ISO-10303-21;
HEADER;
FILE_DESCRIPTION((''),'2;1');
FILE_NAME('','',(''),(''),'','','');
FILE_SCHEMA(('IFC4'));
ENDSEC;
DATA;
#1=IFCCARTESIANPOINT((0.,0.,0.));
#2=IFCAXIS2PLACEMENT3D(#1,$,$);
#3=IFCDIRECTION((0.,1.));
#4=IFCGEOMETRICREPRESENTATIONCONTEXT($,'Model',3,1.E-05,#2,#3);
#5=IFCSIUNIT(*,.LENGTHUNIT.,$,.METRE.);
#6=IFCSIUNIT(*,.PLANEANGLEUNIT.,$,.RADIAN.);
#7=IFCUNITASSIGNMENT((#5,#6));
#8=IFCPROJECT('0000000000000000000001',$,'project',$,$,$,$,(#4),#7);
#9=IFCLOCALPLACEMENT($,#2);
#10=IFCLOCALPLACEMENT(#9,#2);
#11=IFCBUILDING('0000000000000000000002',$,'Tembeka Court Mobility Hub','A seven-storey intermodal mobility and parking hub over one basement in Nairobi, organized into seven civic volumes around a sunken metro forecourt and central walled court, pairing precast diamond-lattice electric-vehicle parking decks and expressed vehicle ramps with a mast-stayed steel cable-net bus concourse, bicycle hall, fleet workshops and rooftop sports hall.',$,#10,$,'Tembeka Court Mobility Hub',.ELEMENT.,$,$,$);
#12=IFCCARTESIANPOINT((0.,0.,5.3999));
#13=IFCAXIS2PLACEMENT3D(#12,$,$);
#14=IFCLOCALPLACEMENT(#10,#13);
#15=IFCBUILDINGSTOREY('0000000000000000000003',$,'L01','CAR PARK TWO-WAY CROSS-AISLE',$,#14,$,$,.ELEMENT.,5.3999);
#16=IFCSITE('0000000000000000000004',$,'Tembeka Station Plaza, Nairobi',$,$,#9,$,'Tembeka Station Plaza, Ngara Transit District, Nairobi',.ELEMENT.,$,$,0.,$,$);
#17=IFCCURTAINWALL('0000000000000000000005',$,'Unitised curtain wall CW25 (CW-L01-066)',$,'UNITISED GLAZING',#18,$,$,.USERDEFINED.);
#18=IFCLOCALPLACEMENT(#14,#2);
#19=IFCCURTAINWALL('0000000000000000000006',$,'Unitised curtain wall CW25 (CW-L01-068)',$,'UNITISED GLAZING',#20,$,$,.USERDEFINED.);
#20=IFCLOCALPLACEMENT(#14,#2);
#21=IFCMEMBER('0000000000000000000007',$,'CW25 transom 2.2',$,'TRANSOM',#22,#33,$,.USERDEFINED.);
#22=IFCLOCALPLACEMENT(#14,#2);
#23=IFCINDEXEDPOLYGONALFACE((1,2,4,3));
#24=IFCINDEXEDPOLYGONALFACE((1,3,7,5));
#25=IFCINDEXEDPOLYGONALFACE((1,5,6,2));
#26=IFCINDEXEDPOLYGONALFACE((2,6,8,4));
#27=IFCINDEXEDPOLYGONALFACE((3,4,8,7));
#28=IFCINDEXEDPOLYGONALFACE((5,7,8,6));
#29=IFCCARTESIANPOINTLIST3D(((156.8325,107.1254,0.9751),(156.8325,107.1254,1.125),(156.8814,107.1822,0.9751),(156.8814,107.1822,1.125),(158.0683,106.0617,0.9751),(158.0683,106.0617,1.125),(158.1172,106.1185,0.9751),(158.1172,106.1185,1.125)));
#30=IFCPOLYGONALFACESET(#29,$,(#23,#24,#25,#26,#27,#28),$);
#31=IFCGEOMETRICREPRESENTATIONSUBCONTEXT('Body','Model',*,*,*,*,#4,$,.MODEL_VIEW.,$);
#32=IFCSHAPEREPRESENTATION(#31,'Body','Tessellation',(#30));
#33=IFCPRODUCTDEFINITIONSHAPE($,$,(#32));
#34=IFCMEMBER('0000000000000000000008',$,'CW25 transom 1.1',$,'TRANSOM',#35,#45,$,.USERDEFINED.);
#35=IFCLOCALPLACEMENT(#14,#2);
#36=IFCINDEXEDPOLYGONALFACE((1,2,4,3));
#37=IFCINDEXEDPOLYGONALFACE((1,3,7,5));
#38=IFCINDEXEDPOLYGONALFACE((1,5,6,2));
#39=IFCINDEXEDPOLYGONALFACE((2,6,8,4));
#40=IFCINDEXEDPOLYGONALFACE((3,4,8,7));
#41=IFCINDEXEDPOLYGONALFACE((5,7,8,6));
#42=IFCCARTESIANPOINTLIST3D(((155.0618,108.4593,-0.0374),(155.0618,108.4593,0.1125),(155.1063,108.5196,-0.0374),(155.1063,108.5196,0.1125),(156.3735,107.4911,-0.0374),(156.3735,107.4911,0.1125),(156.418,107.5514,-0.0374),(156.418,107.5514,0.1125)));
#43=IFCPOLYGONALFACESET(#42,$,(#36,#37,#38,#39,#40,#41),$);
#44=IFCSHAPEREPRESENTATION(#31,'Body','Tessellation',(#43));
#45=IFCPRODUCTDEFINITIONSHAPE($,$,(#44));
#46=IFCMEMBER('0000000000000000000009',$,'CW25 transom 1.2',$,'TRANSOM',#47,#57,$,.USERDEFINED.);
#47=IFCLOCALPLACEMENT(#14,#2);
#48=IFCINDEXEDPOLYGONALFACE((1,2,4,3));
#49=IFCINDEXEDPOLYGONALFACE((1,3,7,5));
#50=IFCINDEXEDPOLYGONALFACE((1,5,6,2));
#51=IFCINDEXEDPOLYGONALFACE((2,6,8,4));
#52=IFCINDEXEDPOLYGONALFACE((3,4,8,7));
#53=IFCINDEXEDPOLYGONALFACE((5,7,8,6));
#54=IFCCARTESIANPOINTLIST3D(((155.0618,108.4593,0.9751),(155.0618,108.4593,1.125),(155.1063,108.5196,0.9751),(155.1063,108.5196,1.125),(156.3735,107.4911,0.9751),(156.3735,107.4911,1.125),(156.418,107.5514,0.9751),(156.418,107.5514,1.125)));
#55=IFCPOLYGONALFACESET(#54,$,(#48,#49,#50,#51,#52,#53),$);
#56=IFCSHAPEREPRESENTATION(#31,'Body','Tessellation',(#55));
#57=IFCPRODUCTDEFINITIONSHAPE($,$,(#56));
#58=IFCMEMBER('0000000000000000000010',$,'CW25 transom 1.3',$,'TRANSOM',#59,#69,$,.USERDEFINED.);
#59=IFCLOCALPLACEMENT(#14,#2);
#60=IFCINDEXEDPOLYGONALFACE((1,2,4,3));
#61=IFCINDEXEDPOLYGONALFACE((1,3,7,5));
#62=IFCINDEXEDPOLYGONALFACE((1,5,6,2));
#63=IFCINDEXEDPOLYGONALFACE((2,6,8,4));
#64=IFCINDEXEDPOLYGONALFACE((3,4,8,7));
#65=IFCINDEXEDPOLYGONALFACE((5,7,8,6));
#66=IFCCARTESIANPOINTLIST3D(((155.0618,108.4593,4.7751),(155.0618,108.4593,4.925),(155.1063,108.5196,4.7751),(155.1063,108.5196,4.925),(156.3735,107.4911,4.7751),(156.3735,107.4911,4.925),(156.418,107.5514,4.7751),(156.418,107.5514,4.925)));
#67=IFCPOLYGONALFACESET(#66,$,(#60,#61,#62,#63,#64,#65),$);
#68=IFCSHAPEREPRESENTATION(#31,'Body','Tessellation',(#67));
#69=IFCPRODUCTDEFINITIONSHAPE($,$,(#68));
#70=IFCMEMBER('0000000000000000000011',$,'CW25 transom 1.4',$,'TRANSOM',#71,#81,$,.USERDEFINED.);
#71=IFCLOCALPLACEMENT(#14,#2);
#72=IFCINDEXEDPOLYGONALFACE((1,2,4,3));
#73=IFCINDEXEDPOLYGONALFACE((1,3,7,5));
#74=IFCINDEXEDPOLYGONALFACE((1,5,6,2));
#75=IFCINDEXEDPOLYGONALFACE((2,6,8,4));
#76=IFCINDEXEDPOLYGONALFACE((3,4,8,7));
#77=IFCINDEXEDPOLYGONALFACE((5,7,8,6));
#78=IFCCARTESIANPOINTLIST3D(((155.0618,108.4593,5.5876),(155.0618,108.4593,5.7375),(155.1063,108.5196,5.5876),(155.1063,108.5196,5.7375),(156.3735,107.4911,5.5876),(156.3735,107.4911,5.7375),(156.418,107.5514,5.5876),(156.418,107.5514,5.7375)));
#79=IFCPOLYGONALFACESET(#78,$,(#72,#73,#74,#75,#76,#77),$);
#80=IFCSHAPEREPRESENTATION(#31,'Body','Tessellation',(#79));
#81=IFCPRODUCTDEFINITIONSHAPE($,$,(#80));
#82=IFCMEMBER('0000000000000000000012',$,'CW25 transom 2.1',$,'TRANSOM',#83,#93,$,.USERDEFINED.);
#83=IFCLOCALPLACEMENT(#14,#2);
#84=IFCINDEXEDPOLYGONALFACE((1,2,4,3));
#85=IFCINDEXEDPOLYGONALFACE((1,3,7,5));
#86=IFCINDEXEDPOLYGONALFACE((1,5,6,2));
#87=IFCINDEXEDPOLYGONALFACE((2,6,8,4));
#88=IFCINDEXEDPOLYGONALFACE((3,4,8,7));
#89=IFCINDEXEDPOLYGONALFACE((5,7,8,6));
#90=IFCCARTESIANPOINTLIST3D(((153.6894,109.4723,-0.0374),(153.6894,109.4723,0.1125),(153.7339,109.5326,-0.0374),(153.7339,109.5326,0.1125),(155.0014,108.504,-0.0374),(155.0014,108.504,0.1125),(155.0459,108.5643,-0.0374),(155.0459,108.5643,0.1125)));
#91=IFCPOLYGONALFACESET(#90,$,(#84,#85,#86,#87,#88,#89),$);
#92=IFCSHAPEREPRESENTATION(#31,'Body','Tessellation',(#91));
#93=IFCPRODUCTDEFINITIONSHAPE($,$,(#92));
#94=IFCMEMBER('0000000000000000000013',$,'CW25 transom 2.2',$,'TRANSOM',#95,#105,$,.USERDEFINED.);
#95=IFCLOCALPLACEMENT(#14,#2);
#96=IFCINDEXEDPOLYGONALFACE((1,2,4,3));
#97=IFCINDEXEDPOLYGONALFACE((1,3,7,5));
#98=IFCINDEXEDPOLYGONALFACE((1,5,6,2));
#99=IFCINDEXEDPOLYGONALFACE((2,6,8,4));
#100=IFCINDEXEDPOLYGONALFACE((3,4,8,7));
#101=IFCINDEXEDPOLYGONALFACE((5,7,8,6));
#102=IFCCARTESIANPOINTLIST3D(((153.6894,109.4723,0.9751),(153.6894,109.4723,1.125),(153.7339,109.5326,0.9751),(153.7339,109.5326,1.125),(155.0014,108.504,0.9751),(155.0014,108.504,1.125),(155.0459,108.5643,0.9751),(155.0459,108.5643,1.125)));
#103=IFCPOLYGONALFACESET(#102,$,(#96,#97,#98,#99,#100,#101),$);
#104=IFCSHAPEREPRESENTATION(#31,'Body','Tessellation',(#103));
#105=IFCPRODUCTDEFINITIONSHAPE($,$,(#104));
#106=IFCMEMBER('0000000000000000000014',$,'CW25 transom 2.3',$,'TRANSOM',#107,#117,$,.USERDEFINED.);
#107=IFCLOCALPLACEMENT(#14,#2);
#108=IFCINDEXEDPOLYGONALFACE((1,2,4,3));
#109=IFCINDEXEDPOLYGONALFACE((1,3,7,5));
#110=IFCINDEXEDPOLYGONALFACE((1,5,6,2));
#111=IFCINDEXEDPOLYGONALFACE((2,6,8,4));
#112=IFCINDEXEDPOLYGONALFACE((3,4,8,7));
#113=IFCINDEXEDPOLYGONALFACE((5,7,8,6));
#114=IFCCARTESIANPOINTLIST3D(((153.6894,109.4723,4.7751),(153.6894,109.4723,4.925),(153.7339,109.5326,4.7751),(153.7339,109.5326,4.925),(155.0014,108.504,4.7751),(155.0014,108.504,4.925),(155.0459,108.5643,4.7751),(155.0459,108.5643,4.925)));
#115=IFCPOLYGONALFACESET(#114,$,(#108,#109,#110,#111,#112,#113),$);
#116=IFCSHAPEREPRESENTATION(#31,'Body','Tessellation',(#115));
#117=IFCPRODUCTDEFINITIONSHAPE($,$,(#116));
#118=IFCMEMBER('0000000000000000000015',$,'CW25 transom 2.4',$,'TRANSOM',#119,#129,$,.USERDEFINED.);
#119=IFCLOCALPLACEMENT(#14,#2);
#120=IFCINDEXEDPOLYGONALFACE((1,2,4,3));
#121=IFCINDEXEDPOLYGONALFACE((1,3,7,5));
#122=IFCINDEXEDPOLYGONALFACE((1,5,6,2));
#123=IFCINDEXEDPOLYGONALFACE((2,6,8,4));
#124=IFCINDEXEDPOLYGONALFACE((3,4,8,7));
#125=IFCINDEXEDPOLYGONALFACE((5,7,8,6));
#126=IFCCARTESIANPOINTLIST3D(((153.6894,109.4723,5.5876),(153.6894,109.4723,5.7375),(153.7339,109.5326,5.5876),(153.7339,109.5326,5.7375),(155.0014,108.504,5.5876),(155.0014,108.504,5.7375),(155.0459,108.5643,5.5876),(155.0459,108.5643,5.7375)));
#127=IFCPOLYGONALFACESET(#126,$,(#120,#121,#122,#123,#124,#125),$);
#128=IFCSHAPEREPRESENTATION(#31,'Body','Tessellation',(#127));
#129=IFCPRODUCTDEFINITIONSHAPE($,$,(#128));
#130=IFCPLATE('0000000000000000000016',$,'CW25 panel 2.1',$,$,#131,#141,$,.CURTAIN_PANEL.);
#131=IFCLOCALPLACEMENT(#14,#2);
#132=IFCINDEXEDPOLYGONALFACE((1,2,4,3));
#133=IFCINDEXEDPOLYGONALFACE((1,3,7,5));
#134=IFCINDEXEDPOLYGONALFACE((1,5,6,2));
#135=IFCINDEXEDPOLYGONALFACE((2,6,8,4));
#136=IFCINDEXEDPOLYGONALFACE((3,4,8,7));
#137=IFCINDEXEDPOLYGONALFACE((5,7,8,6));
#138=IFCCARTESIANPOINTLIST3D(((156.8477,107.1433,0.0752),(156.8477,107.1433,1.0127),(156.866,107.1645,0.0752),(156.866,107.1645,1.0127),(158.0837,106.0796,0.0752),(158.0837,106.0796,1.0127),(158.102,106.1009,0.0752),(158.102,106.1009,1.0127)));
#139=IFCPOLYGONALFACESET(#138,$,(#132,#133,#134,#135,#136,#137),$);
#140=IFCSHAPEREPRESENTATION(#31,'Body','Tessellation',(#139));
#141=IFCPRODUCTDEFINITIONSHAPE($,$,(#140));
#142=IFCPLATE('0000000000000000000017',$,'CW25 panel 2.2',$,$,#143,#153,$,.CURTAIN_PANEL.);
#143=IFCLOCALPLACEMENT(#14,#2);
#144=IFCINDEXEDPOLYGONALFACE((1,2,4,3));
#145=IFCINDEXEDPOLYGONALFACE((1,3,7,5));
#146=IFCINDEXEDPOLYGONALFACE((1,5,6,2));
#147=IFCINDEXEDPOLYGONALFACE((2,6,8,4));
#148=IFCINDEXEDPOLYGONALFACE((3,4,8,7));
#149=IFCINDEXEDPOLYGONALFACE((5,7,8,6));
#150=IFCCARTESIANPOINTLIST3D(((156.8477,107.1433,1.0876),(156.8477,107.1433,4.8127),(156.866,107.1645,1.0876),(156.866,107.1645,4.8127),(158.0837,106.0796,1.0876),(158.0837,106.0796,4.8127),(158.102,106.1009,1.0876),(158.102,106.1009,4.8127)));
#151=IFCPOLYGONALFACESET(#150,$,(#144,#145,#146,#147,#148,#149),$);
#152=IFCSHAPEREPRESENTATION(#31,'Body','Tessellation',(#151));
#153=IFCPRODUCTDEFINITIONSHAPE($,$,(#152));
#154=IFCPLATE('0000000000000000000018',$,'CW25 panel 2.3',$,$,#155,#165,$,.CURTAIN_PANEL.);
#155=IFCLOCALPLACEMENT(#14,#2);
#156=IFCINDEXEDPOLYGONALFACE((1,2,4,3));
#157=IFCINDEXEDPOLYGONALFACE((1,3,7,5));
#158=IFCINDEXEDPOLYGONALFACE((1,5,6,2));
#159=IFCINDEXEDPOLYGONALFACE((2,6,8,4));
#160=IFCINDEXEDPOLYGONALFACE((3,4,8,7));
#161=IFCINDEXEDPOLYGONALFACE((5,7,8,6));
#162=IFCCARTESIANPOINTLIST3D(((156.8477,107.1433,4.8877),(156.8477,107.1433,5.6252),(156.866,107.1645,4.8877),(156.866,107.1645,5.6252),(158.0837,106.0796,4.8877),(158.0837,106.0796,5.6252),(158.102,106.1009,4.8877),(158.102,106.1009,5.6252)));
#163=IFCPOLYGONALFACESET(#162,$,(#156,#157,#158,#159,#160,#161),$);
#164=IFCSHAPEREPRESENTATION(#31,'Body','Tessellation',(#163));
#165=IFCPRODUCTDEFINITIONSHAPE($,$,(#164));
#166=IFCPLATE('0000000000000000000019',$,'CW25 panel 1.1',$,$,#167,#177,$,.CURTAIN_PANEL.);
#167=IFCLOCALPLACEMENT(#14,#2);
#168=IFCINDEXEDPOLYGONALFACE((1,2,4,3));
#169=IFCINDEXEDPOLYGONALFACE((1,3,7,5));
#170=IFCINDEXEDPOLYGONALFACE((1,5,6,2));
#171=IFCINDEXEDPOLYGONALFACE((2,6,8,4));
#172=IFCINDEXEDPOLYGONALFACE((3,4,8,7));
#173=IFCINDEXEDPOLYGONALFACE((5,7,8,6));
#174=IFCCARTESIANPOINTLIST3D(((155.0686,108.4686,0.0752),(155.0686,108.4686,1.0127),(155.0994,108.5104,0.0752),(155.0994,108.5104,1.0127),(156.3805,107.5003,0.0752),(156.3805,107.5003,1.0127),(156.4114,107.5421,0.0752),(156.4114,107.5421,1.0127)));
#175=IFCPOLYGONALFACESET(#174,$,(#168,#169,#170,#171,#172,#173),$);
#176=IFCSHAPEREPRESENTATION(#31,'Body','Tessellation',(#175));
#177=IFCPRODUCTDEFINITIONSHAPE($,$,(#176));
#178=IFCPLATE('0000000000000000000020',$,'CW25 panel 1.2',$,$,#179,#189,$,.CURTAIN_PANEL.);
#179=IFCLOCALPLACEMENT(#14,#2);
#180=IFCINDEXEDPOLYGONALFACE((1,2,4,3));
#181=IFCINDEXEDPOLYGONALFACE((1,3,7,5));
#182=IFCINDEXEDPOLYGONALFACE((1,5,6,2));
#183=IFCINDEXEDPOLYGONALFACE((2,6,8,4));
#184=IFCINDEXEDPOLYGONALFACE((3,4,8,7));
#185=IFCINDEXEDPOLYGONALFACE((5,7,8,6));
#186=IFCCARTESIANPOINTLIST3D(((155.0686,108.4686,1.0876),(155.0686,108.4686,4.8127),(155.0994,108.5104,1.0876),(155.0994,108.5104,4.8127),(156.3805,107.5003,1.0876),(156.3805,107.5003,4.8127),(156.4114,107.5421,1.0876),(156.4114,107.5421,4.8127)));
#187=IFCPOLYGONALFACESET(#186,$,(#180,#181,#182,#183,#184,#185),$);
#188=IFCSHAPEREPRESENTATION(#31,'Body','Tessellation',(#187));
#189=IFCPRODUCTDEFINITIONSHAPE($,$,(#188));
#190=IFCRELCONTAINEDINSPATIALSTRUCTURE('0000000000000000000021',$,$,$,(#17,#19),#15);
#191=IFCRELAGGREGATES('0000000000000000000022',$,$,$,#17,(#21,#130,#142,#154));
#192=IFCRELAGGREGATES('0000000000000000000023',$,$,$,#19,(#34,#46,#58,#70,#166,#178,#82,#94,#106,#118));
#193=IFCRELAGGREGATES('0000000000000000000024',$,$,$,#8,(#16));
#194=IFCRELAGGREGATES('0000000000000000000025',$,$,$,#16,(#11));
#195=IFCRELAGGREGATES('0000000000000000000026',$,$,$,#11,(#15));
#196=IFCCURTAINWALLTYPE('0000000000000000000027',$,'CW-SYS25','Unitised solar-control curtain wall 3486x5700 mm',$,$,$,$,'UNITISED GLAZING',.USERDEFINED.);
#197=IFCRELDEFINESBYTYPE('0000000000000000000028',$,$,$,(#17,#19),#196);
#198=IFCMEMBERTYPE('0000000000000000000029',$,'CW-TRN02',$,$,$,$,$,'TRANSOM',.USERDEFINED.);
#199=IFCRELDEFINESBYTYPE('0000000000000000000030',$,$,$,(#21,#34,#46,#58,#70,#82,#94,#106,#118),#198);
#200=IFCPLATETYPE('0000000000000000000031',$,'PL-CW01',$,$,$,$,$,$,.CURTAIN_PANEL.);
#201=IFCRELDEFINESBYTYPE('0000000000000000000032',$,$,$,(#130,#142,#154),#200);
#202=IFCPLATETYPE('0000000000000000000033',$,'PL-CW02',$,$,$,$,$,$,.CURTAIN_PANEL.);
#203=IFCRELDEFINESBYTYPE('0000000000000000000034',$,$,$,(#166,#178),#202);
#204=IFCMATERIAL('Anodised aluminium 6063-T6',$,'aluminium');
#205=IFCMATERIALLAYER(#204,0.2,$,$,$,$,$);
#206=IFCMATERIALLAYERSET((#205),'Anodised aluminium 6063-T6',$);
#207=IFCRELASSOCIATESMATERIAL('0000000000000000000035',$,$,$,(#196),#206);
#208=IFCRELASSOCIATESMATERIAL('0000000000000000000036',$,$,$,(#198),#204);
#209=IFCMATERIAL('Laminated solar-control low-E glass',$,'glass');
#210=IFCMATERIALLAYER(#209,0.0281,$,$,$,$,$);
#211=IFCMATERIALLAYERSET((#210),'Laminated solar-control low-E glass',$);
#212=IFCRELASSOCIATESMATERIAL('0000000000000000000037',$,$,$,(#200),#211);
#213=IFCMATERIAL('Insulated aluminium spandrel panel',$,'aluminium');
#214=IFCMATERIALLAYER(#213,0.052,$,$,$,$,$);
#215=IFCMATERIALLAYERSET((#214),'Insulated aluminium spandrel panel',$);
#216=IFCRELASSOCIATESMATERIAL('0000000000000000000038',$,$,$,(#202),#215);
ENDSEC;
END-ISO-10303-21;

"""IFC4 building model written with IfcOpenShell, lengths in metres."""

from ifc_helpers import new_model, si_unit, direction, frame, origin, origin_2d, place, context, subcontext, project, spatial, rectangle, extrude, material, layer, layer_set, material_profile, profile_set, type_object, element, aggregate, save


model = new_model("IFC4")

# Units and contexts
model_context = context("Model", 3, precision=1e-05, world=origin(), true_north=direction((0.0, 1.0)))
body_context = subcontext(model_context, "Body", "Model", "MODEL_VIEW")
ifc_project = project(units=[si_unit("LENGTHUNIT", "METRE"), si_unit("PLANEANGLEUNIT", "RADIAN")], contexts=[model_context])

# Site, building, storey
site_placement = place(None, origin())
site = spatial("IfcSite", under=ifc_project, at=site_placement, Name="Tembeka Station Plaza, Nairobi", LongName="Tembeka Station Plaza, Ngara Transit District, Nairobi", CompositionType="ELEMENT", RefElevation=0.0)
building_placement = place(site_placement, origin())
building = spatial("IfcBuilding", under=site, at=building_placement, Name="Tembeka Court Mobility Hub", Description="A seven-storey intermodal mobility and parking hub over one basement in Nairobi, organized into seven civic volumes around a sunken metro forecourt and central walled court, pairing precast diamond-lattice electric-vehicle parking decks and expressed vehicle ramps with a mast-stayed steel cable-net bus concourse, bicycle hall, fleet workshops and rooftop sports hall.", LongName="Tembeka Court Mobility Hub", CompositionType="ELEMENT")
storey_placement = place(building_placement, frame((0.0, 0.0, 5.3999)))
storey = spatial("IfcBuildingStorey", under=building, at=storey_placement, Name="L01", Description="CAR PARK TWO-WAY CROSS-AISLE", CompositionType="ELEMENT", Elevation=5.3999)

# Curtain wall
ifc_material_1 = material(Name="Anodised aluminium 6063-T6", Category="aluminium")
ifc_layer_1 = layer(ifc_material_1, 0.2)
ifc_layer_set_1 = layer_set([ifc_layer_1], Name="Anodised aluminium 6063-T6")
curtain_wall_type = type_object("IfcCurtainWallType", Name="CW-SYS25", Description="Unitised solar-control curtain wall 3486x5700 mm", ElementType="UNITISED GLAZING", PredefinedType="USERDEFINED", material=ifc_layer_set_1)
curtain_wall_1_placement = place(storey_placement, origin())
curtain_wall_1 = element("IfcCurtainWall", 1, at=curtain_wall_1_placement, inside=storey, type_object=curtain_wall_type, Name="Unitised curtain wall CW25 (CW-L01-066)", ObjectType="UNITISED GLAZING", PredefinedType="USERDEFINED")

# Curtain wall
curtain_wall_2_placement = place(storey_placement, origin())
curtain_wall_2 = element("IfcCurtainWall", 2, at=curtain_wall_2_placement, inside=storey, type_object=curtain_wall_type, Name="Unitised curtain wall CW25 (CW-L01-068)", ObjectType="UNITISED GLAZING", PredefinedType="USERDEFINED")

# Members
ifc_material_profile_1 = material_profile(ifc_material_1, rectangle(XDim=0.075, YDim=0.1499, at=origin_2d()), Name="ALU-TRN 75x150")
ifc_profile_set_1 = profile_set([ifc_material_profile_1], Name="Anodised aluminium 6063-T6")
member_type_1 = type_object("IfcMemberType", Name="CW-TRN02", ElementType="TRANSOM", PredefinedType="USERDEFINED", material=ifc_profile_set_1)
member_1_placement = place(storey_placement, frame((158.0928, 106.0901, 1.05), z_axis=(-0.757913, 0.652356, 0.0), x_axis=(-0.652356, -0.757913, 0.0)))
member_1 = element("IfcMember", 3, at=member_1_placement, type_object=member_type_1, Name="CW25 transom 2.2", ObjectType="TRANSOM", PredefinedType="USERDEFINED", context=body_context, shape_type="SweptSolid", body=[
    extrude(rectangle(XDim=0.075, YDim=0.1499, at=origin_2d()), origin(), (0.0, 0.0, 1.0), 1.6306),
])
member_2_placement = place(storey_placement, frame((156.3958, 107.5212, 0.0376), z_axis=(-0.804559, 0.593873, 0.0), x_axis=(-0.593873, -0.804559, 0.0)))
member_2 = element("IfcMember", 4, at=member_2_placement, type_object=member_type_1, Name="CW25 transom 1.1", ObjectType="TRANSOM", PredefinedType="USERDEFINED", context=body_context, shape_type="SweptSolid", body=[
    extrude(rectangle(XDim=0.075, YDim=0.1499, at=origin_2d()), origin(), (0.0, 0.0, 1.0), 1.6304),
])
member_3_placement = place(storey_placement, frame((156.3958, 107.5212, 1.05), z_axis=(-0.804559, 0.593873, 0.0), x_axis=(-0.593873, -0.804559, 0.0)))
member_3 = element("IfcMember", 5, at=member_3_placement, type_object=member_type_1, Name="CW25 transom 1.2", ObjectType="TRANSOM", PredefinedType="USERDEFINED", context=body_context, shape_type="SweptSolid", body=[
    extrude(rectangle(XDim=0.075, YDim=0.1499, at=origin_2d()), origin(), (0.0, 0.0, 1.0), 1.6304),
])
member_4_placement = place(storey_placement, frame((156.3958, 107.5212, 4.8501), z_axis=(-0.804559, 0.593873, 0.0), x_axis=(-0.593873, -0.804559, 0.0)))
member_4 = element("IfcMember", 6, at=member_4_placement, type_object=member_type_1, Name="CW25 transom 1.3", ObjectType="TRANSOM", PredefinedType="USERDEFINED", context=body_context, shape_type="SweptSolid", body=[
    extrude(rectangle(XDim=0.075, YDim=0.1499, at=origin_2d()), origin(), (0.0, 0.0, 1.0), 1.6304),
])
member_5_placement = place(storey_placement, frame((156.3958, 107.5212, 5.6626), z_axis=(-0.804559, 0.593873, 0.0), x_axis=(-0.593873, -0.804559, 0.0)))
member_5 = element("IfcMember", 7, at=member_5_placement, type_object=member_type_1, Name="CW25 transom 1.4", ObjectType="TRANSOM", PredefinedType="USERDEFINED", context=body_context, shape_type="SweptSolid", body=[
    extrude(rectangle(XDim=0.075, YDim=0.1499, at=origin_2d()), origin(), (0.0, 0.0, 1.0), 1.6304),
])
member_6_placement = place(storey_placement, frame((155.0237, 108.5342, 0.0376), z_axis=(-0.804612, 0.593802, 0.0), x_axis=(-0.593802, -0.804612, 0.0)))
member_6 = element("IfcMember", 8, at=member_6_placement, type_object=member_type_1, Name="CW25 transom 2.1", ObjectType="TRANSOM", PredefinedType="USERDEFINED", context=body_context, shape_type="SweptSolid", body=[
    extrude(rectangle(XDim=0.075, YDim=0.1499, at=origin_2d()), origin(), (0.0, 0.0, 1.0), 1.6306),
])
member_7_placement = place(storey_placement, frame((155.0237, 108.5342, 1.05), z_axis=(-0.804612, 0.593802, 0.0), x_axis=(-0.593802, -0.804612, 0.0)))
member_7 = element("IfcMember", 9, at=member_7_placement, type_object=member_type_1, Name="CW25 transom 2.2", ObjectType="TRANSOM", PredefinedType="USERDEFINED", context=body_context, shape_type="SweptSolid", body=[
    extrude(rectangle(XDim=0.075, YDim=0.1499, at=origin_2d()), origin(), (0.0, 0.0, 1.0), 1.6306),
])
member_8_placement = place(storey_placement, frame((155.0237, 108.5342, 4.8501), z_axis=(-0.804612, 0.593802, 0.0), x_axis=(-0.593802, -0.804612, 0.0)))
member_8 = element("IfcMember", 10, at=member_8_placement, type_object=member_type_1, Name="CW25 transom 2.3", ObjectType="TRANSOM", PredefinedType="USERDEFINED", context=body_context, shape_type="SweptSolid", body=[
    extrude(rectangle(XDim=0.075, YDim=0.1499, at=origin_2d()), origin(), (0.0, 0.0, 1.0), 1.6306),
])
member_9_placement = place(storey_placement, frame((155.0237, 108.5342, 5.6626), z_axis=(-0.804612, 0.593802, 0.0), x_axis=(-0.593802, -0.804612, 0.0)))
member_9 = element("IfcMember", 11, at=member_9_placement, type_object=member_type_1, Name="CW25 transom 2.4", ObjectType="TRANSOM", PredefinedType="USERDEFINED", context=body_context, shape_type="SweptSolid", body=[
    extrude(rectangle(XDim=0.075, YDim=0.1499, at=origin_2d()), origin(), (0.0, 0.0, 1.0), 1.6306),
])

# Plates
ifc_material_2 = material(Name="Laminated solar-control low-E glass", Category="glass")
ifc_layer_2 = layer(ifc_material_2, 0.0281)
ifc_layer_set_2 = layer_set([ifc_layer_2], Name="Laminated solar-control low-E glass")
plate_type_1 = type_object("IfcPlateType", Name="PL-CW01", PredefinedType="CURTAIN_PANEL", material=ifc_layer_set_2)
plate_1_placement = place(storey_placement, frame((157.4749, 106.6221, 0.0752), z_axis=(0.0, 0.0, 1.0), x_axis=(-0.757955, 0.652307, 0.0)))
plate_1 = element("IfcPlate", 12, at=plate_1_placement, type_object=plate_type_1, Name="CW25 panel 2.1", PredefinedType="CURTAIN_PANEL", context=body_context, shape_type="SweptSolid", body=[
    extrude(rectangle(XDim=1.6306, YDim=0.0281, at=origin_2d()), origin(), (0.0, 0.0, 1.0), 0.9375),
])
plate_2_placement = place(storey_placement, frame((157.4749, 106.6221, 1.0876), z_axis=(0.0, 0.0, 1.0), x_axis=(-0.757955, 0.652307, 0.0)))
plate_2 = element("IfcPlate", 13, at=plate_2_placement, type_object=plate_type_1, Name="CW25 panel 2.2", PredefinedType="CURTAIN_PANEL", context=body_context, shape_type="SweptSolid", body=[
    extrude(rectangle(XDim=1.6306, YDim=0.0281, at=origin_2d()), origin(), (0.0, 0.0, 1.0), 3.7251),
])
plate_3_placement = place(storey_placement, frame((157.4749, 106.6221, 4.8877), z_axis=(0.0, 0.0, 1.0), x_axis=(-0.757955, 0.652307, 0.0)))
plate_3 = element("IfcPlate", 14, at=plate_3_placement, type_object=plate_type_1, Name="CW25 panel 2.3", PredefinedType="CURTAIN_PANEL", context=body_context, shape_type="SweptSolid", body=[
    extrude(rectangle(XDim=1.6306, YDim=0.0281, at=origin_2d()), origin(), (0.0, 0.0, 1.0), 0.7375),
])
aggregate(curtain_wall_1, [member_1, plate_1, plate_2, plate_3])
ifc_material_3 = material(Name="Insulated aluminium spandrel panel", Category="aluminium")
ifc_layer_3 = layer(ifc_material_3, 0.052)
ifc_layer_set_3 = layer_set([ifc_layer_3], Name="Insulated aluminium spandrel panel")
plate_type_2 = type_object("IfcPlateType", Name="PL-CW02", PredefinedType="CURTAIN_PANEL", material=ifc_layer_set_3)
plate_4_placement = place(storey_placement, frame((155.74, 108.0054, 0.0752), z_axis=(0.0, 0.0, 1.0), x_axis=(-0.804599, 0.593818, 0.0)))
plate_4 = element("IfcPlate", 15, at=plate_4_placement, type_object=plate_type_2, Name="CW25 panel 1.1", PredefinedType="CURTAIN_PANEL", context=body_context, shape_type="SweptSolid", body=[
    extrude(rectangle(XDim=1.6306, YDim=0.052, at=origin_2d()), origin(), (0.0, 0.0, 1.0), 0.9375),
])
plate_5_placement = place(storey_placement, frame((155.74, 108.0054, 1.0876), z_axis=(0.0, 0.0, 1.0), x_axis=(-0.804599, 0.593818, 0.0)))
plate_5 = element("IfcPlate", 16, at=plate_5_placement, type_object=plate_type_2, Name="CW25 panel 1.2", PredefinedType="CURTAIN_PANEL", context=body_context, shape_type="SweptSolid", body=[
    extrude(rectangle(XDim=1.6306, YDim=0.052, at=origin_2d()), origin(), (0.0, 0.0, 1.0), 3.7251),
])
aggregate(curtain_wall_2, [member_2, member_3, member_4, member_5, plate_4, plate_5, member_6, member_7, member_8, member_9])

save(model, "model.ifc")
